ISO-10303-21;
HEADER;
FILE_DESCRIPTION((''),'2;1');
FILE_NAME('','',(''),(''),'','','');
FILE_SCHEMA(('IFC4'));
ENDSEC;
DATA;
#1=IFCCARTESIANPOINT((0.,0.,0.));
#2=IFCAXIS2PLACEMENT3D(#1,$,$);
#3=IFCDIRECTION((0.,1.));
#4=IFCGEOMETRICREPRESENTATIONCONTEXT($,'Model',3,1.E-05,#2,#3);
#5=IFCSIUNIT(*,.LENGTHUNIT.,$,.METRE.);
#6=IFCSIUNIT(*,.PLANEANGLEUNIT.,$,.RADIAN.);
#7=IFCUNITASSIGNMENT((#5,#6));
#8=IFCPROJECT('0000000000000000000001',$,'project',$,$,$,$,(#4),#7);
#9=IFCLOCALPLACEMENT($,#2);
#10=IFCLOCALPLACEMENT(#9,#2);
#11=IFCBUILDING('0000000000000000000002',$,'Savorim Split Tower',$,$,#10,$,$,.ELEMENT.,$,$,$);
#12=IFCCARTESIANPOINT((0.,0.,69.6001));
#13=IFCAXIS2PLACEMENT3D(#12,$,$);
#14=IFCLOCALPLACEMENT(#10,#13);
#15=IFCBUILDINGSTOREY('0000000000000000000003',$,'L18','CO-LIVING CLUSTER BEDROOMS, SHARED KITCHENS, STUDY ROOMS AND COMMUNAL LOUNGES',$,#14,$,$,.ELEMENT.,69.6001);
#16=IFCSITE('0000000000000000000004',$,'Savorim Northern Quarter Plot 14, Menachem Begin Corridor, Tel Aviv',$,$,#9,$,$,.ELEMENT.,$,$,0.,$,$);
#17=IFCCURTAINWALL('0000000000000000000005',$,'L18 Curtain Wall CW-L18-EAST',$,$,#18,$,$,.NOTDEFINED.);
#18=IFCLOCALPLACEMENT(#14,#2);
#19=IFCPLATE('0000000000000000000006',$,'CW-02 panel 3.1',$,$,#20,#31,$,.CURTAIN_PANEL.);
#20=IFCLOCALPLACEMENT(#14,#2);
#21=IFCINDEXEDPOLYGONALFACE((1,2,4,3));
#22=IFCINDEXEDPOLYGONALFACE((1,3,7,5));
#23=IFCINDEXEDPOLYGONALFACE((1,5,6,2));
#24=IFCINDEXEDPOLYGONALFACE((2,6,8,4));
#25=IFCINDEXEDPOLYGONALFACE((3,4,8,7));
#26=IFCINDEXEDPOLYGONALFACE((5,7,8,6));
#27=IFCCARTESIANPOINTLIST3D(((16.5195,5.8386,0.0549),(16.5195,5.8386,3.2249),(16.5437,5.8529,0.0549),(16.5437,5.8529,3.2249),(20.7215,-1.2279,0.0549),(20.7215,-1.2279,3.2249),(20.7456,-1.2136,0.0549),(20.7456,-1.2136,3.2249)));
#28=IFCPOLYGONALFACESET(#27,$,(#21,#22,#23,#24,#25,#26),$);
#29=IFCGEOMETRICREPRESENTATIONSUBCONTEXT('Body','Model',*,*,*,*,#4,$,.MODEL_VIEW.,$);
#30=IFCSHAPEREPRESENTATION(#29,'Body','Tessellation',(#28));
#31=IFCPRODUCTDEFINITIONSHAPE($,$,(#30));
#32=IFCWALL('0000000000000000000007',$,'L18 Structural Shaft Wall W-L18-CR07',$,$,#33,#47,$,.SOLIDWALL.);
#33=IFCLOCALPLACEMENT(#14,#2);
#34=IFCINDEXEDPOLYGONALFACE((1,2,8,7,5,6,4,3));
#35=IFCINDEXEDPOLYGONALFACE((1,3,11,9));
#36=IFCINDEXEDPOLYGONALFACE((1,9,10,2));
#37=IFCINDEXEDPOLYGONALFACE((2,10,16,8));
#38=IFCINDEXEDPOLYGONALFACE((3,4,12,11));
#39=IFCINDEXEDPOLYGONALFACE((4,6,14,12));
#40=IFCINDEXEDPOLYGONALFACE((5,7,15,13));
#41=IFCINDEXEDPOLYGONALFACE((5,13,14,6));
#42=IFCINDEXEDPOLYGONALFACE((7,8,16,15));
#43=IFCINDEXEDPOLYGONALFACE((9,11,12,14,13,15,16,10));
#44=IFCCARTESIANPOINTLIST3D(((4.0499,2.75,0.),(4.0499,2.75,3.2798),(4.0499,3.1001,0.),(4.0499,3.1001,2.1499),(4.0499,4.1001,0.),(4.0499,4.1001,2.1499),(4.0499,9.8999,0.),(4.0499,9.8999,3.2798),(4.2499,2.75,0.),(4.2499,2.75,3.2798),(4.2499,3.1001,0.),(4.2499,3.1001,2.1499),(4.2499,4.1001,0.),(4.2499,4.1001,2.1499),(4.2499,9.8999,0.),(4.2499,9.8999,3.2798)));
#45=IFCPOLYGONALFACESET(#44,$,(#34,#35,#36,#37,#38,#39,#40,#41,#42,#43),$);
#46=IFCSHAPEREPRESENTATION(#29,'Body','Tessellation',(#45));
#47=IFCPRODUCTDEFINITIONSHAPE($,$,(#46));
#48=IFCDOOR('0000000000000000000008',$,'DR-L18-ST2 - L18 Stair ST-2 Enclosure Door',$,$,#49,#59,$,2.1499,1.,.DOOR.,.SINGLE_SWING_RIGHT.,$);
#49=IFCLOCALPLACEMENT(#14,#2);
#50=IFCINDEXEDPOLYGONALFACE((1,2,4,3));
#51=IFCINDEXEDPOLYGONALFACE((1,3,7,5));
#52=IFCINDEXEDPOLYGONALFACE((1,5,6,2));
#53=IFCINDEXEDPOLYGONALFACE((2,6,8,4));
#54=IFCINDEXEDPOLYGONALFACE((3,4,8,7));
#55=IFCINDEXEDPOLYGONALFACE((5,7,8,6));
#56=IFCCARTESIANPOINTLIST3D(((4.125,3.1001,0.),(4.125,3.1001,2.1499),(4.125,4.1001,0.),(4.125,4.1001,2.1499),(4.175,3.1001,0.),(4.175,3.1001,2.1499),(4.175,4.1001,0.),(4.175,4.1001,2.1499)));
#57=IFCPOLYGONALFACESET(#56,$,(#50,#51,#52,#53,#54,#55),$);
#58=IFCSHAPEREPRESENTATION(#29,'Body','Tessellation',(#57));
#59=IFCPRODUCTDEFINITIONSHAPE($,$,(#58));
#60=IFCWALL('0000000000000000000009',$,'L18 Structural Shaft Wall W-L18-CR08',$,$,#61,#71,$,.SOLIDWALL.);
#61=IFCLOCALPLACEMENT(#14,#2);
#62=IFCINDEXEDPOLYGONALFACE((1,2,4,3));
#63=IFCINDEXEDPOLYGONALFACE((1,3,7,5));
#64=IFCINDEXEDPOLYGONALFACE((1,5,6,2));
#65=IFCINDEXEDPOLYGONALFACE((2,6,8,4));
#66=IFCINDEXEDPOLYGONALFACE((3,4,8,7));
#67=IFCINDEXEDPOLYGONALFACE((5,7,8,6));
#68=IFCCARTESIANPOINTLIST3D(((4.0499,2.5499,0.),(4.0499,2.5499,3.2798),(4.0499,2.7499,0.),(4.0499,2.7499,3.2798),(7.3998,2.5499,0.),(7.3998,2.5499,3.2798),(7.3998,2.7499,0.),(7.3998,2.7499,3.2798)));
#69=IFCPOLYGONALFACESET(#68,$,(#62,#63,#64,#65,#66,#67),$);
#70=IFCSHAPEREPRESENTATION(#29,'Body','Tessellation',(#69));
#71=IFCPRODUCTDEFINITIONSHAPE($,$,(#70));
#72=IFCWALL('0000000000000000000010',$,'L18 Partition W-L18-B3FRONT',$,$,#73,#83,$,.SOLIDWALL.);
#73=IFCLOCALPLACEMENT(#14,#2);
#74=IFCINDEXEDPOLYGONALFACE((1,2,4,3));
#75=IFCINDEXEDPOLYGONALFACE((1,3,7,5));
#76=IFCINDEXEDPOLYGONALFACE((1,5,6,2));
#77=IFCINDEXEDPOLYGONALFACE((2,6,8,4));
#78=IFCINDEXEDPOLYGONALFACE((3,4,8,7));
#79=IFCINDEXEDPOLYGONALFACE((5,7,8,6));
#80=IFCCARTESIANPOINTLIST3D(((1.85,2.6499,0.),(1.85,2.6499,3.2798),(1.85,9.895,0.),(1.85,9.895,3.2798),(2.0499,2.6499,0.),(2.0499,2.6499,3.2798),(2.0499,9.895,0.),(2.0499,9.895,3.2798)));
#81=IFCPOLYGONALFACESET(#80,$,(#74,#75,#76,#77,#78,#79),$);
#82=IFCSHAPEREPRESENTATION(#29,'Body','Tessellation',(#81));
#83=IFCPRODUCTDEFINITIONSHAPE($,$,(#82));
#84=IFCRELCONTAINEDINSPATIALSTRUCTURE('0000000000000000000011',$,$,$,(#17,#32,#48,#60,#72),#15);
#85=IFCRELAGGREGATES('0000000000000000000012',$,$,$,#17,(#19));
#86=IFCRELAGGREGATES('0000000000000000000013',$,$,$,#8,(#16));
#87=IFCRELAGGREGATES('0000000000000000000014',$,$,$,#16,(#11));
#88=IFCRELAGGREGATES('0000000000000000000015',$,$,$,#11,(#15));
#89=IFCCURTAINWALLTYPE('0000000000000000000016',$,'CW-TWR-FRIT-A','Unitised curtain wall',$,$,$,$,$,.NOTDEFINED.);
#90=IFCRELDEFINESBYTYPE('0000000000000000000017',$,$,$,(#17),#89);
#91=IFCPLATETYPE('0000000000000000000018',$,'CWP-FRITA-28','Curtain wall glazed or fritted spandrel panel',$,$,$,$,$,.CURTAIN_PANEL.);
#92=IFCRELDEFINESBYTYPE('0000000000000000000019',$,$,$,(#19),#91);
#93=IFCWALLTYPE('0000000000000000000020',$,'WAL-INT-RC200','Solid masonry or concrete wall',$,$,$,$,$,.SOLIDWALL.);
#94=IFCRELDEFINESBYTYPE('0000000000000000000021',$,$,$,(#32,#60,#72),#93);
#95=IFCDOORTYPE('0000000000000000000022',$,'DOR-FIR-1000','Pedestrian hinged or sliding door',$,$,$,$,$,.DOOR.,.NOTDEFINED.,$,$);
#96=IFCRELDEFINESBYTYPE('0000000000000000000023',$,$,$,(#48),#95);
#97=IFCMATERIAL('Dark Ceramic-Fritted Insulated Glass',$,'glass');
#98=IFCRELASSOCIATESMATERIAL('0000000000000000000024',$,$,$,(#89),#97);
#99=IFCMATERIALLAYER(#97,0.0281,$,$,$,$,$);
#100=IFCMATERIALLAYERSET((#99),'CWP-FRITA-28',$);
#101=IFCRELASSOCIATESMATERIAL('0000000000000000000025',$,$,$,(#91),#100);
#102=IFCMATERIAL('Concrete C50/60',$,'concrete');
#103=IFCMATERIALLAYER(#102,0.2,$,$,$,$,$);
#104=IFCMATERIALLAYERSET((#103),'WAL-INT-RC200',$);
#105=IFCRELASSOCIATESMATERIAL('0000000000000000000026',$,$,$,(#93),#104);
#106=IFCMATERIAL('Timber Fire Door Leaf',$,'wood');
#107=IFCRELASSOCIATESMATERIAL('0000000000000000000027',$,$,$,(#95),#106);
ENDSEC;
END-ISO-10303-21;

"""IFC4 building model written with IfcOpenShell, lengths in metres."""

from ifc_helpers import new_model, si_unit, direction, frame, frame_2d, origin, origin_2d, place, context, subcontext, project, spatial, rectangle, extrude, material, layer, layer_set, type_object, element, fill, aggregate, save


model = new_model("IFC4")

# Units and contexts
model_context = context("Model", 3, precision=1e-05, world=origin(), true_north=direction((0.0, 1.0)))
body_context = subcontext(model_context, "Body", "Model", "MODEL_VIEW")
ifc_project = project(units=[si_unit("LENGTHUNIT", "METRE"), si_unit("PLANEANGLEUNIT", "RADIAN")], contexts=[model_context])

# Site, building, storey
site_placement = place(None, origin())
site = spatial("IfcSite", under=ifc_project, at=site_placement, Name="Savorim Northern Quarter Plot 14, Menachem Begin Corridor, Tel Aviv", CompositionType="ELEMENT", RefElevation=0.0)
building_placement = place(site_placement, origin())
building = spatial("IfcBuilding", under=site, at=building_placement, Name="Savorim Split Tower", CompositionType="ELEMENT")
storey_placement = place(building_placement, frame((0.0, 0.0, 69.6001)))
storey = spatial("IfcBuildingStorey", under=building, at=storey_placement, Name="L18", Description="CO-LIVING CLUSTER BEDROOMS, SHARED KITCHENS, STUDY ROOMS AND COMMUNAL LOUNGES", CompositionType="ELEMENT", Elevation=69.6001)

# Curtain wall, plate
ifc_material_1 = material(Name="Dark Ceramic-Fritted Insulated Glass", Category="glass")
curtain_wall_type = type_object("IfcCurtainWallType", Name="CW-TWR-FRIT-A", Description="Unitised curtain wall", PredefinedType="NOTDEFINED", material=ifc_material_1)
curtain_wall_placement = place(storey_placement, origin())
curtain_wall = element("IfcCurtainWall", 1, at=curtain_wall_placement, inside=storey, type_object=curtain_wall_type, Name="L18 Curtain Wall CW-L18-EAST", PredefinedType="NOTDEFINED")
ifc_layer_1 = layer(ifc_material_1, 0.0281)
ifc_layer_set_1 = layer_set([ifc_layer_1], Name="CWP-FRITA-28")
plate_type = type_object("IfcPlateType", Name="CWP-FRITA-28", Description="Curtain wall glazed or fritted spandrel panel", PredefinedType="CURTAIN_PANEL", material=ifc_layer_set_1)
plate_placement = place(storey_placement, frame((18.6326, 2.3125, 0.0549), z_axis=(0.0, 0.0, 1.0), x_axis=(-0.511092, 0.859526, 0.0)))
plate = element("IfcPlate", 2, at=plate_placement, type_object=plate_type, Name="CW-02 panel 3.1", PredefinedType="CURTAIN_PANEL", context=body_context, shape_type="SweptSolid", body=[
    extrude(rectangle(XDim=8.2214, YDim=0.0281, at=origin_2d()), origin(), (0.0, 0.0, 1.0), 3.1699),
])
aggregate(curtain_wall, [plate])

# Wall, opening, door
ifc_material_2 = material(Name="Concrete C50/60", Category="concrete")
ifc_layer_2 = layer(ifc_material_2, 0.2)
ifc_layer_set_2 = layer_set([ifc_layer_2], Name="WAL-INT-RC200")
wall_type_1 = type_object("IfcWallType", Name="WAL-INT-RC200", Description="Solid masonry or concrete wall", PredefinedType="SOLIDWALL", material=ifc_layer_set_2)
wall_1_placement = place(storey_placement, frame((4.1499, 2.75, 0.0), z_axis=(0.0, 0.0, 1.0), x_axis=(0.0, 1.0, 0.0)))
wall_1 = element("IfcWall", 3, at=wall_1_placement, inside=storey, type_object=wall_type_1, Name="L18 Structural Shaft Wall W-L18-CR07", PredefinedType="SOLIDWALL", context=body_context, shape_type="SweptSolid", body=[
    extrude(rectangle(XDim=7.1499, YDim=0.2, at=frame_2d((3.575, 0.0))), origin(), (0.0, 0.0, 1.0), 3.2798),
])
opening_1_placement = place(wall_1_placement, frame((0.3501, 0.0, 0.0)))
opening_1 = element("IfcOpeningElement", 4, at=opening_1_placement, cuts=wall_1, PredefinedType="OPENING", context=body_context, shape_type="SweptSolid", body=[
    extrude(rectangle(XDim=1.0, YDim=2.1499, at=frame_2d((0.5, 1.075))), frame((0.0, 0.1099, 0.0), z_axis=(0.0, -1.0, 0.0), x_axis=(1.0, 0.0, 0.0)), (0.0, 0.0, 1.0), 0.22),
])
ifc_material_3 = material(Name="Timber Fire Door Leaf", Category="wood")
door_type_1 = type_object("IfcDoorType", Name="DOR-FIR-1000", Description="Pedestrian hinged or sliding door", OperationType="NOTDEFINED", PredefinedType="DOOR", material=ifc_material_3)
door_1_placement = place(opening_1_placement, origin())
door_1 = element("IfcDoor", 5, at=door_1_placement, inside=storey, type_object=door_type_1, Name="DR-L18-ST2 - L18 Stair ST-2 Enclosure Door", OperationType="SINGLE_SWING_RIGHT", OverallHeight=2.1499, OverallWidth=1.0, PredefinedType="DOOR", context=body_context, shape_type="SweptSolid", body=[
    extrude(rectangle(XDim=1.0, YDim=2.1499, at=frame_2d((0.5, 1.075))), frame((0.0, 0.0249, 0.0), z_axis=(0.0, -1.0, 0.0), x_axis=(1.0, 0.0, 0.0)), (0.0, 0.0, 1.0), 0.05),
])
fill(opening_1, door_1)

# Walls
wall_2_placement = place(storey_placement, frame((4.05, 2.6499, 0.0), z_axis=(0.0, 0.0, 1.0), x_axis=(1.0, 0.0, 0.0)))
element("IfcWall", 6, at=wall_2_placement, inside=storey, type_object=wall_type_1, Name="L18 Structural Shaft Wall W-L18-CR08", PredefinedType="SOLIDWALL", context=body_context, shape_type="SweptSolid", body=[
    extrude(rectangle(XDim=3.3499, YDim=0.2, at=frame_2d((1.6748, 0.0))), origin(), (0.0, 0.0, 1.0), 3.2798),
])
wall_3_placement = place(storey_placement, frame((1.95, 2.6499, 0.0), z_axis=(0.0, 0.0, 1.0), x_axis=(0.0, 1.0, 0.0)))
element("IfcWall", 7, at=wall_3_placement, inside=storey, type_object=wall_type_1, Name="L18 Partition W-L18-B3FRONT", PredefinedType="SOLIDWALL", context=body_context, shape_type="SweptSolid", body=[
    extrude(rectangle(XDim=7.2451, YDim=0.2, at=frame_2d((3.6226, 0.0))), origin(), (0.0, 0.0, 1.0), 3.2798),
])

save(model, "model.ifc")
